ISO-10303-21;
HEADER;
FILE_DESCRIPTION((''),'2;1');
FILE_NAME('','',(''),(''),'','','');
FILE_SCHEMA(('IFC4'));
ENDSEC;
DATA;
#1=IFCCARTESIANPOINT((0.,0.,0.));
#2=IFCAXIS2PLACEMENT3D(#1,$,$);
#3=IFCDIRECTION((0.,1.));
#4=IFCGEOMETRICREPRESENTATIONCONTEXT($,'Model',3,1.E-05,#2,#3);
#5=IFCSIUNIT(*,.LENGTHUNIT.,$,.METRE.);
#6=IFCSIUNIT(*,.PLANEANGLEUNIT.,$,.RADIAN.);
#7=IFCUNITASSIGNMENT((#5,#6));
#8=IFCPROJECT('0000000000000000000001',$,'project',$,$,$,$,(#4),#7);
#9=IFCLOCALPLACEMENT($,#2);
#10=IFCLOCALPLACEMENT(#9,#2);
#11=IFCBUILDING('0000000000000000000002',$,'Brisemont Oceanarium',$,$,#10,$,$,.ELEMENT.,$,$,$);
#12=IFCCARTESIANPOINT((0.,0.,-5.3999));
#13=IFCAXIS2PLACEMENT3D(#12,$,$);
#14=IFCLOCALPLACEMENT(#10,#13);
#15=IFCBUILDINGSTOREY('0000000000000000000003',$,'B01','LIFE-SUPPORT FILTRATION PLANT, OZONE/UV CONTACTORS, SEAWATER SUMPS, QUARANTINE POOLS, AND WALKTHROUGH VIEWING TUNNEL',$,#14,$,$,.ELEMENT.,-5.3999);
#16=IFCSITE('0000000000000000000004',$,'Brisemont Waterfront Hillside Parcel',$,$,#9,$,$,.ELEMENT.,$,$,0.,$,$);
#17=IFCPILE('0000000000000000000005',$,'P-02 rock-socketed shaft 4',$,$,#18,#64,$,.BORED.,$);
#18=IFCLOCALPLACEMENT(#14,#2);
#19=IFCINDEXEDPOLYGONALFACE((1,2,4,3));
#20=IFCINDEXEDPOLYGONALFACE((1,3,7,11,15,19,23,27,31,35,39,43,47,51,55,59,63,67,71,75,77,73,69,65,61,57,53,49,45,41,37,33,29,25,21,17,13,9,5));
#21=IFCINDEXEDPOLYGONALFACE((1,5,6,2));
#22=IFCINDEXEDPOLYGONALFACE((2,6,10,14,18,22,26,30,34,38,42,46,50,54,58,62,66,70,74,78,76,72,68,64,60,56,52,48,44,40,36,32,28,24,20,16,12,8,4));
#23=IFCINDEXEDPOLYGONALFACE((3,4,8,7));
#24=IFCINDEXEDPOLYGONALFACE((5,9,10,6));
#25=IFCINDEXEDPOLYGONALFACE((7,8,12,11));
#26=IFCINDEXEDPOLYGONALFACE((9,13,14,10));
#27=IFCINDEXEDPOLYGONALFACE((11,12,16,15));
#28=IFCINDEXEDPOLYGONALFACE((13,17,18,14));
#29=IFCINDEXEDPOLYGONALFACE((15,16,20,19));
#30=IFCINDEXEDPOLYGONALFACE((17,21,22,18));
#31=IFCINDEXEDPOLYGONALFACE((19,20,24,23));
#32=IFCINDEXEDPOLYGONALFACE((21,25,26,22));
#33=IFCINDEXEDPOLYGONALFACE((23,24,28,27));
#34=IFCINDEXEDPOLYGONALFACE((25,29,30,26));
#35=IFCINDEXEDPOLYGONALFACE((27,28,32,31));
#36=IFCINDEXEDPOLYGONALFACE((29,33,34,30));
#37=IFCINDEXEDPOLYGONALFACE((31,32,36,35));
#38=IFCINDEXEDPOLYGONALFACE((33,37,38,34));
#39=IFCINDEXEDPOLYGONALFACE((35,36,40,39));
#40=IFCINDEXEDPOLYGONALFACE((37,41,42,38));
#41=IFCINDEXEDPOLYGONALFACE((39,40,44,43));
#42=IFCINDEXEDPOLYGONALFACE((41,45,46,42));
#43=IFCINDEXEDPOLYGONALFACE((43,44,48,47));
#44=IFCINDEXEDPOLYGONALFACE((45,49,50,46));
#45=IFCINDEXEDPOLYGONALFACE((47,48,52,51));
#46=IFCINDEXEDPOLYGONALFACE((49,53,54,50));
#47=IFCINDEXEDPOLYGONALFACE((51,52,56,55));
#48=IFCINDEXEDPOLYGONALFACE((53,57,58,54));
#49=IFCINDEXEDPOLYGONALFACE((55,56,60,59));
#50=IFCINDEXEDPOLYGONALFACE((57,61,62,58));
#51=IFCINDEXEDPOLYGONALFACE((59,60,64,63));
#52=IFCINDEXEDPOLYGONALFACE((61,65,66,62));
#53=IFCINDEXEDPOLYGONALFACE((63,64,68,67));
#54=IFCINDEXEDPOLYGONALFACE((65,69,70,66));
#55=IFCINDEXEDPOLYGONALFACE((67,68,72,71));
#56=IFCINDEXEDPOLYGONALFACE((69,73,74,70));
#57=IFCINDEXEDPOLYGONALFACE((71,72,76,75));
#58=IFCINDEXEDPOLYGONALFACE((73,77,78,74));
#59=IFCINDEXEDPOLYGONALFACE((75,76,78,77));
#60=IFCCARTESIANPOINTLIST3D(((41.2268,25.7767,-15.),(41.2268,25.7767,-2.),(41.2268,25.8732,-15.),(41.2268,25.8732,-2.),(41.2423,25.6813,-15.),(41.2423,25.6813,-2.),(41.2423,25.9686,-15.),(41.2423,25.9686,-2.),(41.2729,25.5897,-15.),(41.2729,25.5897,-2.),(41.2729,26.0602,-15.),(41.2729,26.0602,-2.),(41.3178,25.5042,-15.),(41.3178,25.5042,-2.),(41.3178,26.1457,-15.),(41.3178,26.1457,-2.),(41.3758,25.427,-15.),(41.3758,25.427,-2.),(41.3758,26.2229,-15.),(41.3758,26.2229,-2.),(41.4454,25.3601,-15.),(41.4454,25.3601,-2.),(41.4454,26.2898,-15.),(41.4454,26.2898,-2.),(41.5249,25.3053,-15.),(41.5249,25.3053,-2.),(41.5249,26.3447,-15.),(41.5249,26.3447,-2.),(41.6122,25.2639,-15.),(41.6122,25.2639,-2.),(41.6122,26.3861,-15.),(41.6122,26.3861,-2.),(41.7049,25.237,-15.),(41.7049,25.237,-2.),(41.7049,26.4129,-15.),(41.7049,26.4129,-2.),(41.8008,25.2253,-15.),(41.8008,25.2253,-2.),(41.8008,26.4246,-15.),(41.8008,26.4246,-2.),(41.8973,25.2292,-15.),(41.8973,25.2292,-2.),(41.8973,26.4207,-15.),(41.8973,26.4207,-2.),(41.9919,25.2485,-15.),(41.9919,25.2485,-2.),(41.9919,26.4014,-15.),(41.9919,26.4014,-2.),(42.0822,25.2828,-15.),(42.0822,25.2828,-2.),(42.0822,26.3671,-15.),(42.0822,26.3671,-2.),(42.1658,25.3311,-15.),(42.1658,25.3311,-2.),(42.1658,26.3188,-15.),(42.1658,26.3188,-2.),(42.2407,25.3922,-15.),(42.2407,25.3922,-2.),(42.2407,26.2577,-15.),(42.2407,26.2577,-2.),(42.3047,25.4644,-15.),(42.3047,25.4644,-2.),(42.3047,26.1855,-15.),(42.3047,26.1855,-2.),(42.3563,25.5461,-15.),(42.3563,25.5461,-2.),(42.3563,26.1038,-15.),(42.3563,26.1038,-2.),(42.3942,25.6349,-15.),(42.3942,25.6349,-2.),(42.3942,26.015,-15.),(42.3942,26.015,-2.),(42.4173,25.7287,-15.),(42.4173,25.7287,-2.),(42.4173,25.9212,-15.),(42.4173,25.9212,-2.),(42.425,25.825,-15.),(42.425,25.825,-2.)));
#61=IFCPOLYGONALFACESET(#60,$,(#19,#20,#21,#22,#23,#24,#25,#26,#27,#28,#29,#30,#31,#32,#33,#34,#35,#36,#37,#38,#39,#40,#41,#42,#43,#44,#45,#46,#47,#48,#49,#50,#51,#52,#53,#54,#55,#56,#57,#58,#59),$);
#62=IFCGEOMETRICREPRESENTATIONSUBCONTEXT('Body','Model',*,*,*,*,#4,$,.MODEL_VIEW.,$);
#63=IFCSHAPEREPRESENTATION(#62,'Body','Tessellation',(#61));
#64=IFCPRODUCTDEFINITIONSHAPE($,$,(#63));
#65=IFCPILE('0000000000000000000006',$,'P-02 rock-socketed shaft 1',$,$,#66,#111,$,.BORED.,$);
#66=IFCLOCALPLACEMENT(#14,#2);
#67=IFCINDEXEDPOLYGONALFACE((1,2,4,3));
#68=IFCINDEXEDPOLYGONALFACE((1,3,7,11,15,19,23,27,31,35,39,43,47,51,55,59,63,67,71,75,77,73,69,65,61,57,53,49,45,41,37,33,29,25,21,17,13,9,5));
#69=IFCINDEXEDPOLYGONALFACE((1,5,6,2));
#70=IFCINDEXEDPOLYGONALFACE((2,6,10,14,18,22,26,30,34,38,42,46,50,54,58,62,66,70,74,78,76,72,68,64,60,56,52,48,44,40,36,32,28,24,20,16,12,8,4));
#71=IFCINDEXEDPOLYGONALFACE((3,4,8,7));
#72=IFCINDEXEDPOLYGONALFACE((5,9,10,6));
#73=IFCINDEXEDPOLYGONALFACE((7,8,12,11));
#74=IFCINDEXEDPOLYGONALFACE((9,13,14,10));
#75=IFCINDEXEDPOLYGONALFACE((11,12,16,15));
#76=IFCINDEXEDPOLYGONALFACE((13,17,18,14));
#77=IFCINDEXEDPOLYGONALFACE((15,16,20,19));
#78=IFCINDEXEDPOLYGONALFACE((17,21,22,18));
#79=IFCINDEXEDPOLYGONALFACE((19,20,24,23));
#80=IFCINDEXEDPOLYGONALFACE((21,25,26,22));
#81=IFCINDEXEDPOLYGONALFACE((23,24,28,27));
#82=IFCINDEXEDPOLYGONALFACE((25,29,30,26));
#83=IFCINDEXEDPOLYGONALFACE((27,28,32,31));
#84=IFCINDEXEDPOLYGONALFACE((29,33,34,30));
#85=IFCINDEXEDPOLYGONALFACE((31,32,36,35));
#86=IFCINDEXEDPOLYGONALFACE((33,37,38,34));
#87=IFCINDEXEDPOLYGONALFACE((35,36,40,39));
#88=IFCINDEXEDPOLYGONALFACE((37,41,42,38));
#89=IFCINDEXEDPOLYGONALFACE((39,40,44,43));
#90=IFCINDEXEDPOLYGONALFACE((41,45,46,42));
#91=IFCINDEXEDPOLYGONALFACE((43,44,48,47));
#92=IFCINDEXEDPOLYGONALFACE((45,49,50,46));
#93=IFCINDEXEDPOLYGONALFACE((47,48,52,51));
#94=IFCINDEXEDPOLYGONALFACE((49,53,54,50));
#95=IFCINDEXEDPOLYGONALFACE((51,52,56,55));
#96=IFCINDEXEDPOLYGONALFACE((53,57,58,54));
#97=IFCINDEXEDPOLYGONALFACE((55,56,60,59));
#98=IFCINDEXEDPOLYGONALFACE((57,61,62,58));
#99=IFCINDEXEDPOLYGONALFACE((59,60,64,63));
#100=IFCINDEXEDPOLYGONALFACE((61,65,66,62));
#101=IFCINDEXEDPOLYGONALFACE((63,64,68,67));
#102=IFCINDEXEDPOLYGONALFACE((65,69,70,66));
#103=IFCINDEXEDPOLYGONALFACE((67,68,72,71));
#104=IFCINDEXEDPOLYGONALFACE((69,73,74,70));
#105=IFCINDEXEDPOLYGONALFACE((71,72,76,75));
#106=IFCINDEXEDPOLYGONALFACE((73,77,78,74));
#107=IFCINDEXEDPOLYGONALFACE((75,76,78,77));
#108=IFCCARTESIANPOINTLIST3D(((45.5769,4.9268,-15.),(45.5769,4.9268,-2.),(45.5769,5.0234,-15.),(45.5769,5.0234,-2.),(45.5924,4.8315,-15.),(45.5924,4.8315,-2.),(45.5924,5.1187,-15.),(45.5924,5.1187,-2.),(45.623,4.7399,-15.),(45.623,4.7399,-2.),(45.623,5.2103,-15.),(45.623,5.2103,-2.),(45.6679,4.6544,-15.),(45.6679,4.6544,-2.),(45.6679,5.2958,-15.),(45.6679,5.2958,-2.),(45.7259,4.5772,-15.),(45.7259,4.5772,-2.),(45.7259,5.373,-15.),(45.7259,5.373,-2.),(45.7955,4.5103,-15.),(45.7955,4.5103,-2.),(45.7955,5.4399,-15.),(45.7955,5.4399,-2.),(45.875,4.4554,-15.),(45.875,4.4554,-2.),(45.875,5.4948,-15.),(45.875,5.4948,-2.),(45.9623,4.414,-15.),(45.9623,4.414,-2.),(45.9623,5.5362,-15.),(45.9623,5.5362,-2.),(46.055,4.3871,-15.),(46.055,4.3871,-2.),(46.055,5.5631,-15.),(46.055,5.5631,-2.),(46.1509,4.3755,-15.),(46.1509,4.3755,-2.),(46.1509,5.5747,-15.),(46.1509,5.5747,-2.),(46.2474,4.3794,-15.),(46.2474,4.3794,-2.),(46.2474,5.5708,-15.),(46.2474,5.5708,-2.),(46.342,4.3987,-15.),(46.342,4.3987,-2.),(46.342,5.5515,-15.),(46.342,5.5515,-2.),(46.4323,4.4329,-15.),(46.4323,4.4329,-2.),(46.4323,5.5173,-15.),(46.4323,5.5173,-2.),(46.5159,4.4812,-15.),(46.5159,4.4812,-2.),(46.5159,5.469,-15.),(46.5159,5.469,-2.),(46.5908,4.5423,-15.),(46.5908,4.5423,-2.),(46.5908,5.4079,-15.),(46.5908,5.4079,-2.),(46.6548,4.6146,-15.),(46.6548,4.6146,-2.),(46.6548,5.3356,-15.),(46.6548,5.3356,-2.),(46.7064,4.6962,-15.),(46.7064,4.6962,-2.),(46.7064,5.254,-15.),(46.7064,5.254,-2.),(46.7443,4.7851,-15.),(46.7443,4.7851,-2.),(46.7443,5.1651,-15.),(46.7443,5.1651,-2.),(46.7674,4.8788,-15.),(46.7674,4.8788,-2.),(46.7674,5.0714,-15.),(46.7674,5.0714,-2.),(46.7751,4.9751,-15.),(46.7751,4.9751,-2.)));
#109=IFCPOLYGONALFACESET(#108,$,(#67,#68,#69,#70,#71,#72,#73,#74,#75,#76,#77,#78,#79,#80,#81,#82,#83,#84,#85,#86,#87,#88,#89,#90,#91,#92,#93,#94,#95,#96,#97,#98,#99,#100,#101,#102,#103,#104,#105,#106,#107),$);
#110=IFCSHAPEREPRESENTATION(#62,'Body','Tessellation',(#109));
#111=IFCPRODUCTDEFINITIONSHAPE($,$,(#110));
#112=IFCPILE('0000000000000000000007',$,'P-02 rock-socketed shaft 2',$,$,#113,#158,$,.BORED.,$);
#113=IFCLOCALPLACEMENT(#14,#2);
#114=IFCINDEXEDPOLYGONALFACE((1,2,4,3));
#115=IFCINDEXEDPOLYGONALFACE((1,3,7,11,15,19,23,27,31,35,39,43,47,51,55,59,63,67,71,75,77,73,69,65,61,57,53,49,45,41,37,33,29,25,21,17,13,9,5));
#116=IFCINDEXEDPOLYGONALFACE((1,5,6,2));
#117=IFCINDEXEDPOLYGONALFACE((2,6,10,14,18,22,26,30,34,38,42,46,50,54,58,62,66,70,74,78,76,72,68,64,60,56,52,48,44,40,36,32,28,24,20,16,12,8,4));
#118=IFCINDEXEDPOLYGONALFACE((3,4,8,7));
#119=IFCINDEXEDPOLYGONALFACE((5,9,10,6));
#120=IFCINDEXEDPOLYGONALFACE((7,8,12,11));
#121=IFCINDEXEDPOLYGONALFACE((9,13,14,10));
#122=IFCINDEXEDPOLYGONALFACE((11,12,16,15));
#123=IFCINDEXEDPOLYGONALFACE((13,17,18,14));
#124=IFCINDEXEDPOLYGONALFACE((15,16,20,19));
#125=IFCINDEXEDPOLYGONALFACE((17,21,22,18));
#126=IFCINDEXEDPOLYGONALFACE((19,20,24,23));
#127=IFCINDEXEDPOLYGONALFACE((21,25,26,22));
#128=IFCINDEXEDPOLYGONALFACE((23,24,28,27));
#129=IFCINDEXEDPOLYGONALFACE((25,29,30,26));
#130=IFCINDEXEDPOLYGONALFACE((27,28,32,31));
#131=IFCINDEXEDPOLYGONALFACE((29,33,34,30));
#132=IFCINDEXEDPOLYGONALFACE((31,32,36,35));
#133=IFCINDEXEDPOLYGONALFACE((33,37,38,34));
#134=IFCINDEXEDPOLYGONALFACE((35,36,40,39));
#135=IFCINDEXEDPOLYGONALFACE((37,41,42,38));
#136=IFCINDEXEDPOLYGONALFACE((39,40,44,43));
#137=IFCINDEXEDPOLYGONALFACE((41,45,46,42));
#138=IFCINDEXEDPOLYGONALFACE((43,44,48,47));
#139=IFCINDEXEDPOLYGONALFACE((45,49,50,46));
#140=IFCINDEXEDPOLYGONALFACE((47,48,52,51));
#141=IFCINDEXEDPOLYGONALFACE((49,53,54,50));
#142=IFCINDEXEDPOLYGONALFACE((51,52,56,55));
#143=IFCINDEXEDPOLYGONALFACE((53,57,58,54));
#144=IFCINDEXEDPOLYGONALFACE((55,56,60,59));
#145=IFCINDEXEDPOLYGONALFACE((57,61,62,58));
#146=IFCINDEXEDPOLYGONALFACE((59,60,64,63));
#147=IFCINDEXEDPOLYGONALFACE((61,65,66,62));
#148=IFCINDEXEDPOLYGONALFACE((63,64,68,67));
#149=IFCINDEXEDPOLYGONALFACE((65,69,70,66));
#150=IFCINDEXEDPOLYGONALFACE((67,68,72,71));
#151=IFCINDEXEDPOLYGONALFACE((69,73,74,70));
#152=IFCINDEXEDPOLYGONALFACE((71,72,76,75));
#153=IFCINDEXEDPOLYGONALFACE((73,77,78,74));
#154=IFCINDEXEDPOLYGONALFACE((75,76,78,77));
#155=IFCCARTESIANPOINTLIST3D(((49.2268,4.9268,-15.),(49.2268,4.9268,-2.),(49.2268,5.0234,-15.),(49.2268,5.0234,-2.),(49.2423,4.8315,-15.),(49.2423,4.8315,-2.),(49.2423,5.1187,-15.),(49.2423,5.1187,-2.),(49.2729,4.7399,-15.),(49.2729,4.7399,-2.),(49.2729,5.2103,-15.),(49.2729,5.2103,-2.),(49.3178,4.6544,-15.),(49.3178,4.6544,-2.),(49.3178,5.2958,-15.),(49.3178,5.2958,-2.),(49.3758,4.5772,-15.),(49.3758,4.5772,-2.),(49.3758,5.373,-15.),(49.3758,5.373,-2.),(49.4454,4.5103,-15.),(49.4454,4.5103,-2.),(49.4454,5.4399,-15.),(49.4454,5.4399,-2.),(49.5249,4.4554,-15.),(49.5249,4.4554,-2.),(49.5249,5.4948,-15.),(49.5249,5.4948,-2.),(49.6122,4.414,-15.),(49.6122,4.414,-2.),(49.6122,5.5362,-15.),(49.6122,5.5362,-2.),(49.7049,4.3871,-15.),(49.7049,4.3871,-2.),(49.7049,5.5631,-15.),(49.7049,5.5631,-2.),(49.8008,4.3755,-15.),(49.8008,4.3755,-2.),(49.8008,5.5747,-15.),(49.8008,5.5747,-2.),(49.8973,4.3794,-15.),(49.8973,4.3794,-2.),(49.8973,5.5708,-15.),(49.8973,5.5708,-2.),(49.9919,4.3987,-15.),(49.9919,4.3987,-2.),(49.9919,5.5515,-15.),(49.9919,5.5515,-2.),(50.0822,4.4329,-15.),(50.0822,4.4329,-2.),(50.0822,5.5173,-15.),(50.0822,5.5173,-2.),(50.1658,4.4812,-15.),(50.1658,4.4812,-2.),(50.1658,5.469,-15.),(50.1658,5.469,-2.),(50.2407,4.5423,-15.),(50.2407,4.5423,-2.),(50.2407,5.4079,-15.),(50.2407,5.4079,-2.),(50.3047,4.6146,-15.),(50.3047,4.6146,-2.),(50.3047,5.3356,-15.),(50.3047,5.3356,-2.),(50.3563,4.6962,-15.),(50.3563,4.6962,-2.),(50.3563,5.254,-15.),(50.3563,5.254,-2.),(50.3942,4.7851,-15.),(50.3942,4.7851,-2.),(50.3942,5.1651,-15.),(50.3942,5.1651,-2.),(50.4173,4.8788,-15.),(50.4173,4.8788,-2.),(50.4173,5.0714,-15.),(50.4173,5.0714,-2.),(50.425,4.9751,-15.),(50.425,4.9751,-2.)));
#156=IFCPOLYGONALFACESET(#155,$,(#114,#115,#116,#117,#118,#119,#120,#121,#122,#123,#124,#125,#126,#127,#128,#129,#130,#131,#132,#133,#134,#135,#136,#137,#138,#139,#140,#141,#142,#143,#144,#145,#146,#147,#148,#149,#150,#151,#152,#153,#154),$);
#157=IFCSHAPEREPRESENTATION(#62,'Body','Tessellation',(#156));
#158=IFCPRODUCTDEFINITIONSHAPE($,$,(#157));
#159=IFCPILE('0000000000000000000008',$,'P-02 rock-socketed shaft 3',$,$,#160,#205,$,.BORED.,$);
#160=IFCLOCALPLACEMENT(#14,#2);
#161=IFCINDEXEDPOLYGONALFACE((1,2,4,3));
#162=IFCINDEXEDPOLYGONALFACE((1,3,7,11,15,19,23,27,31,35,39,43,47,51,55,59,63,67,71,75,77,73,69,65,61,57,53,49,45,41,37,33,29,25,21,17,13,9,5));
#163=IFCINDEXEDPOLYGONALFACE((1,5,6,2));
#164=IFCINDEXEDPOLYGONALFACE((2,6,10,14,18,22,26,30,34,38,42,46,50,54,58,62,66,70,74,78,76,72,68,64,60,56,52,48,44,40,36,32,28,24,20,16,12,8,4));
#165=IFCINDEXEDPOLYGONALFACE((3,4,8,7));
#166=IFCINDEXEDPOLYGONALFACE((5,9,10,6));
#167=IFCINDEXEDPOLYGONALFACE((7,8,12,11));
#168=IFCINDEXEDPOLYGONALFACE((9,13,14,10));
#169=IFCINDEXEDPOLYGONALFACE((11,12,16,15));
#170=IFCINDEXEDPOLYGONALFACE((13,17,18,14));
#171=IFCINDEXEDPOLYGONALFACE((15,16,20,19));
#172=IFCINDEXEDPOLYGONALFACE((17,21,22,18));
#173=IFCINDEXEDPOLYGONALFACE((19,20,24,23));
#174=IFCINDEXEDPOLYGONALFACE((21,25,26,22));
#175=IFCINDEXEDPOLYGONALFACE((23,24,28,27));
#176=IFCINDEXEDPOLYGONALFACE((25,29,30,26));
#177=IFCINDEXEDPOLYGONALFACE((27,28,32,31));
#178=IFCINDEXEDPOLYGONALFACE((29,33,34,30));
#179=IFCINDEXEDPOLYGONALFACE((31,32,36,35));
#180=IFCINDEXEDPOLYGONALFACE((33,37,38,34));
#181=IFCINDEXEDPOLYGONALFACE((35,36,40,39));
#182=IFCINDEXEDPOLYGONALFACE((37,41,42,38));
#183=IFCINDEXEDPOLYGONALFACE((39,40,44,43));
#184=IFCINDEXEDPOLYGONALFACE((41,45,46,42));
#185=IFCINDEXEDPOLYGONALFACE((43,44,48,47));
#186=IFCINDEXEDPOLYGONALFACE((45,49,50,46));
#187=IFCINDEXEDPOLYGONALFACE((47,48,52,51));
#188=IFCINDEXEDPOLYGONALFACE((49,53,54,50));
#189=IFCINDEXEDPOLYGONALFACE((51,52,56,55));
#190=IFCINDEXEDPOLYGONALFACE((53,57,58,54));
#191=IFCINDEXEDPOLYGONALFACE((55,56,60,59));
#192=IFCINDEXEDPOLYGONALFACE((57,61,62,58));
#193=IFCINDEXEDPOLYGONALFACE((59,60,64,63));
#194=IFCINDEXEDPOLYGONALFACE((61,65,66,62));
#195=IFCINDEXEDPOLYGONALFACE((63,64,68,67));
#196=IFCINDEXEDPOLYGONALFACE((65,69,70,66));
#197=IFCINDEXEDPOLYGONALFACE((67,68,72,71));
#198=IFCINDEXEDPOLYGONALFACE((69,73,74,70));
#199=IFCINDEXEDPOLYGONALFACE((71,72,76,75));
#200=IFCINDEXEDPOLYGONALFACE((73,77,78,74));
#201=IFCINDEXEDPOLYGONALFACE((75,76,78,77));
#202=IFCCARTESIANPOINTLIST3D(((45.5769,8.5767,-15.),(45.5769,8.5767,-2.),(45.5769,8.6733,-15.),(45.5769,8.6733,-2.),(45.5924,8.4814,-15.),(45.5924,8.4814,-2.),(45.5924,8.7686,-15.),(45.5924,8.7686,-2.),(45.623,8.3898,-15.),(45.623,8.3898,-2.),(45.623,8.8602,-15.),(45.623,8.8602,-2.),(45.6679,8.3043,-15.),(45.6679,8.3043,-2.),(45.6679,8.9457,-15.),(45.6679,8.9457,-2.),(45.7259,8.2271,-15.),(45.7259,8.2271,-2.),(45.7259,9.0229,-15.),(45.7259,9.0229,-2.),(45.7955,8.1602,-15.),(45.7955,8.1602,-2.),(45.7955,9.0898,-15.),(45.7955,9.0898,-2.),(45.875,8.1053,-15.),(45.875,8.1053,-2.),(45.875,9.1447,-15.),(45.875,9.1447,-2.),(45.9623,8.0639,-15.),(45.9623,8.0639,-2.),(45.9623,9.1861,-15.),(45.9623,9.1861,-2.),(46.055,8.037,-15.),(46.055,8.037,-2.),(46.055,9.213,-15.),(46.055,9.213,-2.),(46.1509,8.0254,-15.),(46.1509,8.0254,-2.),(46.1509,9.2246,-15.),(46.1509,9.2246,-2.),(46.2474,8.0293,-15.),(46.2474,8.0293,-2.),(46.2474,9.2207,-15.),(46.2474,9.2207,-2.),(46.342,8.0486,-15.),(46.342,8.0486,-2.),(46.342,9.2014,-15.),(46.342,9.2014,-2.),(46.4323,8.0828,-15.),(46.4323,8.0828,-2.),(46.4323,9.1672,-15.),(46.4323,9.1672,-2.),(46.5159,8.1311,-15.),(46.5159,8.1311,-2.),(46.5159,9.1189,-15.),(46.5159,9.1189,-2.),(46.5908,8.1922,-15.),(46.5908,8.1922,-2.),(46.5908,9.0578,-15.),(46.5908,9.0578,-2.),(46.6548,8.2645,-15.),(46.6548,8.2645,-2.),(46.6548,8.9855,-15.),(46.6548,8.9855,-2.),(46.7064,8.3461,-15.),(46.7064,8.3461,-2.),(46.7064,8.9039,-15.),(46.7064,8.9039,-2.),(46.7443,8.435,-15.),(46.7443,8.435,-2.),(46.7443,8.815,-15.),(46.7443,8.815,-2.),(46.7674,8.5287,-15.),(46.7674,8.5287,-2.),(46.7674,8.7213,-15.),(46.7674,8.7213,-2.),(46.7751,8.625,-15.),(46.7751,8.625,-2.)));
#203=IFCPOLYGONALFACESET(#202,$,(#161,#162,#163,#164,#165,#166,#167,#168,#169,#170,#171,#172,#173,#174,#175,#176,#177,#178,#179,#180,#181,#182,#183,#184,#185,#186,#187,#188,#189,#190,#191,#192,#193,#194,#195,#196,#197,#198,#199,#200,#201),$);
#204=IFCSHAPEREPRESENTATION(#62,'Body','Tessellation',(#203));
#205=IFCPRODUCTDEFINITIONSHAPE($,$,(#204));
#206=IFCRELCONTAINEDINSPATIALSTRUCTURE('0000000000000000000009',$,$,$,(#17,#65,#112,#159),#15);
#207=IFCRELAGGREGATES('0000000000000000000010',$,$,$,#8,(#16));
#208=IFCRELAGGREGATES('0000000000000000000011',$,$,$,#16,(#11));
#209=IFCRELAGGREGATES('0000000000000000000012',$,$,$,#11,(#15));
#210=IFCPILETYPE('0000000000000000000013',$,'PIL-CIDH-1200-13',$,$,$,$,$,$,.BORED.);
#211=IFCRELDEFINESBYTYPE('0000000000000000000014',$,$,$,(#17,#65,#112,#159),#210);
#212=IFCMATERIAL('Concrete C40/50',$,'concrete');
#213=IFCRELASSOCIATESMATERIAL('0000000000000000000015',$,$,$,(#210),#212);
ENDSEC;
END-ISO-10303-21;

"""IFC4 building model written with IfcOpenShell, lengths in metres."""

from ifc_helpers import new_model, si_unit, direction, frame, origin, origin_2d, place, context, subcontext, project, spatial, circle, extrude, material, material_profile, profile_set, type_object, element, save


model = new_model("IFC4")

# Units and contexts
model_context = context("Model", 3, precision=1e-05, world=origin(), true_north=direction((0.0, 1.0)))
body_context = subcontext(model_context, "Body", "Model", "MODEL_VIEW")
ifc_project = project(units=[si_unit("LENGTHUNIT", "METRE"), si_unit("PLANEANGLEUNIT", "RADIAN")], contexts=[model_context])

# Site, building, storey
site_placement = place(None, origin())
site = spatial("IfcSite", under=ifc_project, at=site_placement, Name="Brisemont Waterfront Hillside Parcel", CompositionType="ELEMENT", RefElevation=0.0)
building_placement = place(site_placement, origin())
building = spatial("IfcBuilding", under=site, at=building_placement, Name="Brisemont Oceanarium", CompositionType="ELEMENT")
storey_placement = place(building_placement, frame((0.0, 0.0, -5.3999)))
storey = spatial("IfcBuildingStorey", under=building, at=storey_placement, Name="B01", Description="LIFE-SUPPORT FILTRATION PLANT, OZONE/UV CONTACTORS, SEAWATER SUMPS, QUARANTINE POOLS, AND WALKTHROUGH VIEWING TUNNEL", CompositionType="ELEMENT", Elevation=-5.3999)

# Piles
ifc_material_1 = material(Name="Concrete C40/50", Category="concrete")
ifc_material_profile_1 = material_profile(ifc_material_1, circle(Radius=0.6001, at=origin_2d()), Name="CIDH-D1200")
ifc_profile_set_1 = profile_set([ifc_material_profile_1], Name="Concrete C40/50")
pile_type_1 = type_object("IfcPileType", Name="PIL-CIDH-1200-13", PredefinedType="BORED", material=ifc_profile_set_1)
for number, where, z_axis, x_axis, name in (
    (1, (41.825, 25.825, -2.0), (0.0, 0.0, -1.0), (1.0, 0.0, 0.0), "P-02 rock-socketed shaft 4"),
    (2, (46.175, 4.9751, -2.0), (0.0, 0.0, -1.0), (1.0, 0.0, 0.0), "P-02 rock-socketed shaft 1"),
    (3, (49.825, 4.9751, -2.0), (0.0, 0.0, -1.0), (1.0, 0.0, 0.0), "P-02 rock-socketed shaft 2"),
    (4, (46.175, 8.625, -2.0), (0.0, 0.0, -1.0), (1.0, 0.0, 0.0), "P-02 rock-socketed shaft 3"),
):
    element("IfcPile", number, at=place(storey_placement, frame(where, z_axis=z_axis, x_axis=x_axis)), inside=storey, type_object=pile_type_1, Name=name, PredefinedType="BORED", context=body_context, shape_type="SweptSolid", body=[
        extrude(circle(Radius=0.6001, at=origin_2d()), origin(), (0.0, 0.0, 1.0), 13.0),
    ])

save(model, "model.ifc")
